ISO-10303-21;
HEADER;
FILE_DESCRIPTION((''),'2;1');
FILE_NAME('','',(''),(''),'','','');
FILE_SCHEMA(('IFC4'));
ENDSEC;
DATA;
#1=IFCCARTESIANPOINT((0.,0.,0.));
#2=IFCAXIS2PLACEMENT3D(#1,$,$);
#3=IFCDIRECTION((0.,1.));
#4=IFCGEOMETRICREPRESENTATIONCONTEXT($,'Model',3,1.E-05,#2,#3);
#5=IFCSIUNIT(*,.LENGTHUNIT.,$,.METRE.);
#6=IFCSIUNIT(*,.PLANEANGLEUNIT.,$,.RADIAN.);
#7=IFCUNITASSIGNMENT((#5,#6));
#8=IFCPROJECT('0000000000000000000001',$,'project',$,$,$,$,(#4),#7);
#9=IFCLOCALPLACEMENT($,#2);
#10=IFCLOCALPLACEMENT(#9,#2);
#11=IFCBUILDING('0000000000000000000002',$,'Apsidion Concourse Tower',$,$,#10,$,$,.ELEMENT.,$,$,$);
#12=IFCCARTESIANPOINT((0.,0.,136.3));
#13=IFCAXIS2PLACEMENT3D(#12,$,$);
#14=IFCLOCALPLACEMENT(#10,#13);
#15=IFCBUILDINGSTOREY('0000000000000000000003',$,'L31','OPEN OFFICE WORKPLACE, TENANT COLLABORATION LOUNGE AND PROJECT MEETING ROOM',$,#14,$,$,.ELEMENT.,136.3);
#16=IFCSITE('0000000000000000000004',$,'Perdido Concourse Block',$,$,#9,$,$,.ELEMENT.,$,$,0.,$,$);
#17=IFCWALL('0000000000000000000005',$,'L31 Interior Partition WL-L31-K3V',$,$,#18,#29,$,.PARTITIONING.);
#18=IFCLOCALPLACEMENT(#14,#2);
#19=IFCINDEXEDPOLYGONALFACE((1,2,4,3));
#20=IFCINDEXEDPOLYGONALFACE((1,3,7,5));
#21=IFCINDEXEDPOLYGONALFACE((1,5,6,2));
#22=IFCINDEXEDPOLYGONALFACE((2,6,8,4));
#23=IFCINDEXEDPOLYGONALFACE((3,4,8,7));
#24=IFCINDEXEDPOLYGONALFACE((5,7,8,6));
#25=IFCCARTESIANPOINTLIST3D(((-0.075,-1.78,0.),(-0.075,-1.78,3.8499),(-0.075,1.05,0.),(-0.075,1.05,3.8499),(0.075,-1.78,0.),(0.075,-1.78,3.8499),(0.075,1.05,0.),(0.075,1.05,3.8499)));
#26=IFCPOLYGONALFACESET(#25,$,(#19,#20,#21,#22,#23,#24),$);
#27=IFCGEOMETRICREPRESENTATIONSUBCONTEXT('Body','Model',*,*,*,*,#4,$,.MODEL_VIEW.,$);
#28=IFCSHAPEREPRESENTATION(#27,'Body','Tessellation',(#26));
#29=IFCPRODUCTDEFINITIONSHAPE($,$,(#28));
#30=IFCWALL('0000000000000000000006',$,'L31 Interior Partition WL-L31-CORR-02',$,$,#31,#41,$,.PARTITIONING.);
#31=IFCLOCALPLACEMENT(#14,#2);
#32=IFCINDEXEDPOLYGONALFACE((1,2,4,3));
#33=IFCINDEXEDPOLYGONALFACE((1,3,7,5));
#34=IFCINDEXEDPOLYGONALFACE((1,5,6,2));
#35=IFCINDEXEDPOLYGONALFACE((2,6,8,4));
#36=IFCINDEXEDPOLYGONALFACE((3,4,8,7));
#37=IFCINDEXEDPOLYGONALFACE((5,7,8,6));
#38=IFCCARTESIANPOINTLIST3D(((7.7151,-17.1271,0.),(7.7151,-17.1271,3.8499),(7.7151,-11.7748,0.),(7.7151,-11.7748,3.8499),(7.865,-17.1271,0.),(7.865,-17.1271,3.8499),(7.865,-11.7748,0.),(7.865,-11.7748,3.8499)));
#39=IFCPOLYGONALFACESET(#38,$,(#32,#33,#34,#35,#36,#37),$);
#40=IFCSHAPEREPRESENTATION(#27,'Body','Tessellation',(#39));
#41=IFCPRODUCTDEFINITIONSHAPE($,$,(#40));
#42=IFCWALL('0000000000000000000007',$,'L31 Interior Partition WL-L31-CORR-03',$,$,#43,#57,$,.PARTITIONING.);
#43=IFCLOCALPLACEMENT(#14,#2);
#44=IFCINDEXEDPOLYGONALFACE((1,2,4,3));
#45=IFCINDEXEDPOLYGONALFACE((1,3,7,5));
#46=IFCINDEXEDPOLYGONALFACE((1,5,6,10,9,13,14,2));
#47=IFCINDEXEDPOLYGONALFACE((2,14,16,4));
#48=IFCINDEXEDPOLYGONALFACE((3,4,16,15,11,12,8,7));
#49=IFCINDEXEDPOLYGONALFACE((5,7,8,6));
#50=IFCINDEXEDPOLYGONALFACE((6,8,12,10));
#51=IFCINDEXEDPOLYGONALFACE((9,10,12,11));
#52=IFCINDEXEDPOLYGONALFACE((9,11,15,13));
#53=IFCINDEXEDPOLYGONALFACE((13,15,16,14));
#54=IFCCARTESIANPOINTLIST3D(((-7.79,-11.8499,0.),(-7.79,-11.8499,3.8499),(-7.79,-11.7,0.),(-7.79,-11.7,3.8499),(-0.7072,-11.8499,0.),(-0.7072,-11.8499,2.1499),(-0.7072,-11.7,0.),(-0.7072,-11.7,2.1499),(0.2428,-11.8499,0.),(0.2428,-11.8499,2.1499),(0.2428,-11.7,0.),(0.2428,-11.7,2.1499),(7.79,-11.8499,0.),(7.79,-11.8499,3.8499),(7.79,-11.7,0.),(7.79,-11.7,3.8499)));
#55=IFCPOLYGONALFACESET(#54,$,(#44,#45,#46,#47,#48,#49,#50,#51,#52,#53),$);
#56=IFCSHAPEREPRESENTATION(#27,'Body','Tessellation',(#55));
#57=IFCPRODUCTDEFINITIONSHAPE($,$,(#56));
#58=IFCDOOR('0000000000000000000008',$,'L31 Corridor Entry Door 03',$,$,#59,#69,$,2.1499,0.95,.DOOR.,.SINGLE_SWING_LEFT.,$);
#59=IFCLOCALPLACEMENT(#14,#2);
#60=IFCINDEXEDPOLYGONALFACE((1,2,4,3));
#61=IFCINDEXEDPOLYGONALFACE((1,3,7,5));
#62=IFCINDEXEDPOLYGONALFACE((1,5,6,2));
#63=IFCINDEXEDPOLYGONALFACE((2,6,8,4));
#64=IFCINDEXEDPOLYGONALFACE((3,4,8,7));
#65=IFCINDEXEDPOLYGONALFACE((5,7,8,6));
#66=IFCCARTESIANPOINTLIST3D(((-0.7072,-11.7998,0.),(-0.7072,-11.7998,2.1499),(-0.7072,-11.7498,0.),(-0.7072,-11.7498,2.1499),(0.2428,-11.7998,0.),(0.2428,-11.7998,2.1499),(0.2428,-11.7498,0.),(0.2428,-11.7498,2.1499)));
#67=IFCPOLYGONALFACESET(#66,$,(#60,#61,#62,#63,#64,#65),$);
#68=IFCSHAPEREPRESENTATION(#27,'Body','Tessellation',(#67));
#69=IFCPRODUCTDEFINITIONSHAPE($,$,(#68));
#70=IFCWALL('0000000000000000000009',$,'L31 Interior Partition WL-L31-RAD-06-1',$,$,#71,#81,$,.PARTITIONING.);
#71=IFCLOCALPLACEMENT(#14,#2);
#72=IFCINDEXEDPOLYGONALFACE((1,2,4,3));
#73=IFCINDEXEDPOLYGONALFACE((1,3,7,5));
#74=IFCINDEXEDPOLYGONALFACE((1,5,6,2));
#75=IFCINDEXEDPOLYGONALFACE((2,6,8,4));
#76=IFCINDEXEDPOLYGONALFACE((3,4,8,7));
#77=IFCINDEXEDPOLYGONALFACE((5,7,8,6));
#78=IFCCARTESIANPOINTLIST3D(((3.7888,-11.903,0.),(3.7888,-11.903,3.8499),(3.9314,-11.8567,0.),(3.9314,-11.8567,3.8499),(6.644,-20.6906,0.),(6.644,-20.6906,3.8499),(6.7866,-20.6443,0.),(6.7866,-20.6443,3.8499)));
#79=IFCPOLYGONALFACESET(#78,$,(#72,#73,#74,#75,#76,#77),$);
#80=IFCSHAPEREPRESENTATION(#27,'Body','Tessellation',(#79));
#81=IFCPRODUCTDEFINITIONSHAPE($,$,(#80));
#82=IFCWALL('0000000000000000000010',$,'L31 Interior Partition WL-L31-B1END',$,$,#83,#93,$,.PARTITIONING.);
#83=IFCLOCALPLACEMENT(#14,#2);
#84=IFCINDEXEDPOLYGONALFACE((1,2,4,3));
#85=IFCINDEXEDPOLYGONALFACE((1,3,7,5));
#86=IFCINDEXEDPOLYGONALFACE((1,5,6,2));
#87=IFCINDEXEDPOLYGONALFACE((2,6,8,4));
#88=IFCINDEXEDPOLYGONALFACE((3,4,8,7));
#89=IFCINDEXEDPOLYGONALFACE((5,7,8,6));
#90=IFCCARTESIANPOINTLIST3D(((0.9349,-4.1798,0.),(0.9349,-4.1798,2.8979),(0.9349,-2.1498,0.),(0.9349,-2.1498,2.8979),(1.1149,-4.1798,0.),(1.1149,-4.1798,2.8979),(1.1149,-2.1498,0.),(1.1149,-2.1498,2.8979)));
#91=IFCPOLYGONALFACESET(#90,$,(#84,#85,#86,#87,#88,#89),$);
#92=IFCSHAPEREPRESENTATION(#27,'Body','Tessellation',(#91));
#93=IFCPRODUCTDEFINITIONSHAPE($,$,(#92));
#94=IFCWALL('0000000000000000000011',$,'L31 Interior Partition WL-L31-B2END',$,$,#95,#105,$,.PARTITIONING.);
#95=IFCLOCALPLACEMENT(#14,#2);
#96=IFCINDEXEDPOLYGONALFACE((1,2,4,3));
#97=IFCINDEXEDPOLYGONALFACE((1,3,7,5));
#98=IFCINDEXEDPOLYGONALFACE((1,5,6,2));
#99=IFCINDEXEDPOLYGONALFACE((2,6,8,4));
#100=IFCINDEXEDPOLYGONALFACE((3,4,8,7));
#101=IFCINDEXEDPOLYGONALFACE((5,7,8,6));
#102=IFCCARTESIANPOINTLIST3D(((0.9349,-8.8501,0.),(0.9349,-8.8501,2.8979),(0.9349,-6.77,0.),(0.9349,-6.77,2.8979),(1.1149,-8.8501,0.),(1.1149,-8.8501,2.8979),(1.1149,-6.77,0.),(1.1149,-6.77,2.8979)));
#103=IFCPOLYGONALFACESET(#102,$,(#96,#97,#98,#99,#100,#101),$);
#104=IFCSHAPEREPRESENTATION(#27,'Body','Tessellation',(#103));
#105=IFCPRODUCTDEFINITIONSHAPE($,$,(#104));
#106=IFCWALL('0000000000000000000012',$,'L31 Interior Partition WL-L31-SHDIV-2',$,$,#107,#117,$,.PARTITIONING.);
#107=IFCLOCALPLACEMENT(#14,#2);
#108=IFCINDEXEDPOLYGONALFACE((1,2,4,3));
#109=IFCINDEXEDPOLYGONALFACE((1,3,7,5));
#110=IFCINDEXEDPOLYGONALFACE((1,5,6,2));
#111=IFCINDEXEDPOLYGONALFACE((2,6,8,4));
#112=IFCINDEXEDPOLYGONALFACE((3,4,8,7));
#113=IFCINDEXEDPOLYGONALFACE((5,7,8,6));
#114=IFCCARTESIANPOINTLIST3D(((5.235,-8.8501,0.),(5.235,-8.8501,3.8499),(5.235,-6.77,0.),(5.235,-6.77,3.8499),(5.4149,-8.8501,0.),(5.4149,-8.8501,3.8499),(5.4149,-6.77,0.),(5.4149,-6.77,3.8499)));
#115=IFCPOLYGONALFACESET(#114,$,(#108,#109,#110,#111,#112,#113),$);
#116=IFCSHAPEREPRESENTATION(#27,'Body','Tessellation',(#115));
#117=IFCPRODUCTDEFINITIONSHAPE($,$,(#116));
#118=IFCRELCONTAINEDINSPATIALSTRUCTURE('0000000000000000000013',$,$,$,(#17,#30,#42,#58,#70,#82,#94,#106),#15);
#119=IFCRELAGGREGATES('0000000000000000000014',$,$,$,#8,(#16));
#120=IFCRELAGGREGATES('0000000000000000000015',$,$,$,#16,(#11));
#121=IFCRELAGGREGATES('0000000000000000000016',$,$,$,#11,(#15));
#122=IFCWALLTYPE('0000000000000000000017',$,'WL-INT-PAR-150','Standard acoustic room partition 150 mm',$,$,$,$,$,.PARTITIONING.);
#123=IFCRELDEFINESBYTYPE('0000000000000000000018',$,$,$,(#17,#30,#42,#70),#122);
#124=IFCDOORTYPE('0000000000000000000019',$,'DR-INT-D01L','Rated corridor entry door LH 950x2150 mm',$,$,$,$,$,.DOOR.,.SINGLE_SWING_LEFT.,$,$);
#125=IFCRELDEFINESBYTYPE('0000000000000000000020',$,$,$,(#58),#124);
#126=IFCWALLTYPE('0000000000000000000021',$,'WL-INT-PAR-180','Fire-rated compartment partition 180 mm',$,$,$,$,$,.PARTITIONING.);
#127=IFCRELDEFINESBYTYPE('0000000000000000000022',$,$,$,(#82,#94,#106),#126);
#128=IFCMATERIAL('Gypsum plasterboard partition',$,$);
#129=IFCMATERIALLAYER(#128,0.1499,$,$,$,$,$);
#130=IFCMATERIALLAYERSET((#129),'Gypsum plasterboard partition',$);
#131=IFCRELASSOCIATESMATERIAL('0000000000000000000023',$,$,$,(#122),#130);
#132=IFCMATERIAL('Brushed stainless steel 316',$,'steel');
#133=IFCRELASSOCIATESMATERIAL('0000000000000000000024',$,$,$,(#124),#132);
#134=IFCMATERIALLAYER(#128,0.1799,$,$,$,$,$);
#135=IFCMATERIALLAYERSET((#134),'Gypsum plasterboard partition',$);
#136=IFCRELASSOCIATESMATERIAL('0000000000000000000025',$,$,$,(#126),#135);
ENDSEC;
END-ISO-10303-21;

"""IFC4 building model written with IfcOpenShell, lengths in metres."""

from ifc_helpers import new_model, si_unit, direction, frame, frame_2d, origin, place, context, subcontext, project, spatial, rectangle, extrude, material, layer, layer_set, type_object, element, fill, save


model = new_model("IFC4")

# Units and contexts
model_context = context("Model", 3, precision=1e-05, world=origin(), true_north=direction((0.0, 1.0)))
body_context = subcontext(model_context, "Body", "Model", "MODEL_VIEW")
ifc_project = project(units=[si_unit("LENGTHUNIT", "METRE"), si_unit("PLANEANGLEUNIT", "RADIAN")], contexts=[model_context])

# Site, building, storey
site_placement = place(None, origin())
site = spatial("IfcSite", under=ifc_project, at=site_placement, Name="Perdido Concourse Block", CompositionType="ELEMENT", RefElevation=0.0)
building_placement = place(site_placement, origin())
building = spatial("IfcBuilding", under=site, at=building_placement, Name="Apsidion Concourse Tower", CompositionType="ELEMENT")
storey_placement = place(building_placement, frame((0.0, 0.0, 136.3)))
storey = spatial("IfcBuildingStorey", under=building, at=storey_placement, Name="L31", Description="OPEN OFFICE WORKPLACE, TENANT COLLABORATION LOUNGE AND PROJECT MEETING ROOM", CompositionType="ELEMENT", Elevation=136.3)

# Walls
ifc_material_1 = material(Name="Gypsum plasterboard partition")
ifc_layer_1 = layer(ifc_material_1, 0.1499)
ifc_layer_set_1 = layer_set([ifc_layer_1], Name="Gypsum plasterboard partition")
wall_type_1 = type_object("IfcWallType", Name="WL-INT-PAR-150", Description="Standard acoustic room partition 150 mm", PredefinedType="PARTITIONING", material=ifc_layer_set_1)
wall_1_placement = place(storey_placement, frame((0.0, -1.78, 0.0), z_axis=(0.0, 0.0, 1.0), x_axis=(0.0, 1.0, 0.0)))
element("IfcWall", 1, at=wall_1_placement, inside=storey, type_object=wall_type_1, Name="L31 Interior Partition WL-L31-K3V", PredefinedType="PARTITIONING", context=body_context, shape_type="SweptSolid", body=[
    extrude(rectangle(XDim=2.8301, YDim=0.1499, at=frame_2d((1.415, 0.0))), origin(), (0.0, 0.0, 1.0), 3.8499),
])
wall_2_placement = place(storey_placement, frame((7.79, -17.1272, 0.0), z_axis=(0.0, 0.0, 1.0), x_axis=(0.0, 1.0, 0.0)))
element("IfcWall", 2, at=wall_2_placement, inside=storey, type_object=wall_type_1, Name="L31 Interior Partition WL-L31-CORR-02", PredefinedType="PARTITIONING", context=body_context, shape_type="SweptSolid", body=[
    extrude(rectangle(XDim=5.3523, YDim=0.1499, at=frame_2d((2.6763, 0.0))), origin(), (0.0, 0.0, 1.0), 3.8499),
])

# Wall, opening, door
wall_3_placement = place(storey_placement, frame((7.79, -11.7749, 0.0), z_axis=(0.0, 0.0, 1.0), x_axis=(-1.0, 0.0, 0.0)))
wall_3 = element("IfcWall", 3, at=wall_3_placement, inside=storey, type_object=wall_type_1, Name="L31 Interior Partition WL-L31-CORR-03", PredefinedType="PARTITIONING", context=body_context, shape_type="SweptSolid", body=[
    extrude(rectangle(XDim=15.5801, YDim=0.1499, at=frame_2d((7.79, 0.0))), origin(), (0.0, 0.0, 1.0), 3.8499),
])
opening_1_placement = place(wall_3_placement, frame((7.5471, 0.0, 0.0)))
opening_1 = element("IfcOpeningElement", 4, at=opening_1_placement, cuts=wall_3, PredefinedType="OPENING", context=body_context, shape_type="SweptSolid", body=[
    extrude(rectangle(XDim=0.95, YDim=2.1499, at=frame_2d((0.4751, 1.075))), frame((0.0, 0.085, 0.0), z_axis=(0.0, -1.0, 0.0), x_axis=(1.0, 0.0, 0.0)), (0.0, 0.0, 1.0), 0.1699),
])
ifc_material_2 = material(Name="Brushed stainless steel 316", Category="steel")
door_type_1 = type_object("IfcDoorType", Name="DR-INT-D01L", Description="Rated corridor entry door LH 950x2150 mm", OperationType="SINGLE_SWING_LEFT", PredefinedType="DOOR", material=ifc_material_2)
door_1_placement = place(opening_1_placement, origin())
door_1 = element("IfcDoor", 5, at=door_1_placement, inside=storey, type_object=door_type_1, Name="L31 Corridor Entry Door 03", OperationType="SINGLE_SWING_LEFT", OverallHeight=2.1499, OverallWidth=0.95, PredefinedType="DOOR", context=body_context, shape_type="SweptSolid", body=[
    extrude(rectangle(XDim=0.95, YDim=2.1499, at=frame_2d((0.4751, 1.075))), frame((0.0, 0.0249, 0.0), z_axis=(0.0, -1.0, 0.0), x_axis=(1.0, 0.0, 0.0)), (0.0, 0.0, 1.0), 0.05),
])
fill(opening_1, door_1)

# Walls
wall_4_placement = place(storey_placement, frame((3.8601, -11.8799, 0.0), z_axis=(0.0, 0.0, 1.0), x_axis=(0.309013, -0.951058, 0.0)))
element("IfcWall", 6, at=wall_4_placement, inside=storey, type_object=wall_type_1, Name="L31 Interior Partition WL-L31-RAD-06-1", PredefinedType="PARTITIONING", context=body_context, shape_type="SweptSolid", body=[
    extrude(rectangle(XDim=9.2397, YDim=0.1499, at=frame_2d((4.6199, 0.0))), origin(), (0.0, 0.0, 1.0), 3.8499),
])
ifc_layer_2 = layer(ifc_material_1, 0.1799)
ifc_layer_set_2 = layer_set([ifc_layer_2], Name="Gypsum plasterboard partition")
wall_type_2 = type_object("IfcWallType", Name="WL-INT-PAR-180", Description="Fire-rated compartment partition 180 mm", PredefinedType="PARTITIONING", material=ifc_layer_set_2)
wall_5_placement = place(storey_placement, frame((1.0249, -4.1799, 0.0), z_axis=(0.0, 0.0, 1.0), x_axis=(0.0, 1.0, 0.0)))
element("IfcWall", 7, at=wall_5_placement, inside=storey, type_object=wall_type_2, Name="L31 Interior Partition WL-L31-B1END", PredefinedType="PARTITIONING", context=body_context, shape_type="SweptSolid", body=[
    extrude(rectangle(XDim=2.03, YDim=0.1799, at=frame_2d((1.0151, 0.0))), origin(), (0.0, 0.0, 1.0), 2.8979),
])
wall_6_placement = place(storey_placement, frame((1.0249, -8.8501, 0.0), z_axis=(0.0, 0.0, 1.0), x_axis=(0.0, 1.0, 0.0)))
element("IfcWall", 8, at=wall_6_placement, inside=storey, type_object=wall_type_2, Name="L31 Interior Partition WL-L31-B2END", PredefinedType="PARTITIONING", context=body_context, shape_type="SweptSolid", body=[
    extrude(rectangle(XDim=2.0801, YDim=0.1799, at=frame_2d((1.04, 0.0))), origin(), (0.0, 0.0, 1.0), 2.8979),
])
wall_7_placement = place(storey_placement, frame((5.325, -8.8501, 0.0), z_axis=(0.0, 0.0, 1.0), x_axis=(0.0, 1.0, 0.0)))
element("IfcWall", 9, at=wall_7_placement, inside=storey, type_object=wall_type_2, Name="L31 Interior Partition WL-L31-SHDIV-2", PredefinedType="PARTITIONING", context=body_context, shape_type="SweptSolid", body=[
    extrude(rectangle(XDim=2.0801, YDim=0.1799, at=frame_2d((1.04, 0.0))), origin(), (0.0, 0.0, 1.0), 3.8499),
])

save(model, "model.ifc")
